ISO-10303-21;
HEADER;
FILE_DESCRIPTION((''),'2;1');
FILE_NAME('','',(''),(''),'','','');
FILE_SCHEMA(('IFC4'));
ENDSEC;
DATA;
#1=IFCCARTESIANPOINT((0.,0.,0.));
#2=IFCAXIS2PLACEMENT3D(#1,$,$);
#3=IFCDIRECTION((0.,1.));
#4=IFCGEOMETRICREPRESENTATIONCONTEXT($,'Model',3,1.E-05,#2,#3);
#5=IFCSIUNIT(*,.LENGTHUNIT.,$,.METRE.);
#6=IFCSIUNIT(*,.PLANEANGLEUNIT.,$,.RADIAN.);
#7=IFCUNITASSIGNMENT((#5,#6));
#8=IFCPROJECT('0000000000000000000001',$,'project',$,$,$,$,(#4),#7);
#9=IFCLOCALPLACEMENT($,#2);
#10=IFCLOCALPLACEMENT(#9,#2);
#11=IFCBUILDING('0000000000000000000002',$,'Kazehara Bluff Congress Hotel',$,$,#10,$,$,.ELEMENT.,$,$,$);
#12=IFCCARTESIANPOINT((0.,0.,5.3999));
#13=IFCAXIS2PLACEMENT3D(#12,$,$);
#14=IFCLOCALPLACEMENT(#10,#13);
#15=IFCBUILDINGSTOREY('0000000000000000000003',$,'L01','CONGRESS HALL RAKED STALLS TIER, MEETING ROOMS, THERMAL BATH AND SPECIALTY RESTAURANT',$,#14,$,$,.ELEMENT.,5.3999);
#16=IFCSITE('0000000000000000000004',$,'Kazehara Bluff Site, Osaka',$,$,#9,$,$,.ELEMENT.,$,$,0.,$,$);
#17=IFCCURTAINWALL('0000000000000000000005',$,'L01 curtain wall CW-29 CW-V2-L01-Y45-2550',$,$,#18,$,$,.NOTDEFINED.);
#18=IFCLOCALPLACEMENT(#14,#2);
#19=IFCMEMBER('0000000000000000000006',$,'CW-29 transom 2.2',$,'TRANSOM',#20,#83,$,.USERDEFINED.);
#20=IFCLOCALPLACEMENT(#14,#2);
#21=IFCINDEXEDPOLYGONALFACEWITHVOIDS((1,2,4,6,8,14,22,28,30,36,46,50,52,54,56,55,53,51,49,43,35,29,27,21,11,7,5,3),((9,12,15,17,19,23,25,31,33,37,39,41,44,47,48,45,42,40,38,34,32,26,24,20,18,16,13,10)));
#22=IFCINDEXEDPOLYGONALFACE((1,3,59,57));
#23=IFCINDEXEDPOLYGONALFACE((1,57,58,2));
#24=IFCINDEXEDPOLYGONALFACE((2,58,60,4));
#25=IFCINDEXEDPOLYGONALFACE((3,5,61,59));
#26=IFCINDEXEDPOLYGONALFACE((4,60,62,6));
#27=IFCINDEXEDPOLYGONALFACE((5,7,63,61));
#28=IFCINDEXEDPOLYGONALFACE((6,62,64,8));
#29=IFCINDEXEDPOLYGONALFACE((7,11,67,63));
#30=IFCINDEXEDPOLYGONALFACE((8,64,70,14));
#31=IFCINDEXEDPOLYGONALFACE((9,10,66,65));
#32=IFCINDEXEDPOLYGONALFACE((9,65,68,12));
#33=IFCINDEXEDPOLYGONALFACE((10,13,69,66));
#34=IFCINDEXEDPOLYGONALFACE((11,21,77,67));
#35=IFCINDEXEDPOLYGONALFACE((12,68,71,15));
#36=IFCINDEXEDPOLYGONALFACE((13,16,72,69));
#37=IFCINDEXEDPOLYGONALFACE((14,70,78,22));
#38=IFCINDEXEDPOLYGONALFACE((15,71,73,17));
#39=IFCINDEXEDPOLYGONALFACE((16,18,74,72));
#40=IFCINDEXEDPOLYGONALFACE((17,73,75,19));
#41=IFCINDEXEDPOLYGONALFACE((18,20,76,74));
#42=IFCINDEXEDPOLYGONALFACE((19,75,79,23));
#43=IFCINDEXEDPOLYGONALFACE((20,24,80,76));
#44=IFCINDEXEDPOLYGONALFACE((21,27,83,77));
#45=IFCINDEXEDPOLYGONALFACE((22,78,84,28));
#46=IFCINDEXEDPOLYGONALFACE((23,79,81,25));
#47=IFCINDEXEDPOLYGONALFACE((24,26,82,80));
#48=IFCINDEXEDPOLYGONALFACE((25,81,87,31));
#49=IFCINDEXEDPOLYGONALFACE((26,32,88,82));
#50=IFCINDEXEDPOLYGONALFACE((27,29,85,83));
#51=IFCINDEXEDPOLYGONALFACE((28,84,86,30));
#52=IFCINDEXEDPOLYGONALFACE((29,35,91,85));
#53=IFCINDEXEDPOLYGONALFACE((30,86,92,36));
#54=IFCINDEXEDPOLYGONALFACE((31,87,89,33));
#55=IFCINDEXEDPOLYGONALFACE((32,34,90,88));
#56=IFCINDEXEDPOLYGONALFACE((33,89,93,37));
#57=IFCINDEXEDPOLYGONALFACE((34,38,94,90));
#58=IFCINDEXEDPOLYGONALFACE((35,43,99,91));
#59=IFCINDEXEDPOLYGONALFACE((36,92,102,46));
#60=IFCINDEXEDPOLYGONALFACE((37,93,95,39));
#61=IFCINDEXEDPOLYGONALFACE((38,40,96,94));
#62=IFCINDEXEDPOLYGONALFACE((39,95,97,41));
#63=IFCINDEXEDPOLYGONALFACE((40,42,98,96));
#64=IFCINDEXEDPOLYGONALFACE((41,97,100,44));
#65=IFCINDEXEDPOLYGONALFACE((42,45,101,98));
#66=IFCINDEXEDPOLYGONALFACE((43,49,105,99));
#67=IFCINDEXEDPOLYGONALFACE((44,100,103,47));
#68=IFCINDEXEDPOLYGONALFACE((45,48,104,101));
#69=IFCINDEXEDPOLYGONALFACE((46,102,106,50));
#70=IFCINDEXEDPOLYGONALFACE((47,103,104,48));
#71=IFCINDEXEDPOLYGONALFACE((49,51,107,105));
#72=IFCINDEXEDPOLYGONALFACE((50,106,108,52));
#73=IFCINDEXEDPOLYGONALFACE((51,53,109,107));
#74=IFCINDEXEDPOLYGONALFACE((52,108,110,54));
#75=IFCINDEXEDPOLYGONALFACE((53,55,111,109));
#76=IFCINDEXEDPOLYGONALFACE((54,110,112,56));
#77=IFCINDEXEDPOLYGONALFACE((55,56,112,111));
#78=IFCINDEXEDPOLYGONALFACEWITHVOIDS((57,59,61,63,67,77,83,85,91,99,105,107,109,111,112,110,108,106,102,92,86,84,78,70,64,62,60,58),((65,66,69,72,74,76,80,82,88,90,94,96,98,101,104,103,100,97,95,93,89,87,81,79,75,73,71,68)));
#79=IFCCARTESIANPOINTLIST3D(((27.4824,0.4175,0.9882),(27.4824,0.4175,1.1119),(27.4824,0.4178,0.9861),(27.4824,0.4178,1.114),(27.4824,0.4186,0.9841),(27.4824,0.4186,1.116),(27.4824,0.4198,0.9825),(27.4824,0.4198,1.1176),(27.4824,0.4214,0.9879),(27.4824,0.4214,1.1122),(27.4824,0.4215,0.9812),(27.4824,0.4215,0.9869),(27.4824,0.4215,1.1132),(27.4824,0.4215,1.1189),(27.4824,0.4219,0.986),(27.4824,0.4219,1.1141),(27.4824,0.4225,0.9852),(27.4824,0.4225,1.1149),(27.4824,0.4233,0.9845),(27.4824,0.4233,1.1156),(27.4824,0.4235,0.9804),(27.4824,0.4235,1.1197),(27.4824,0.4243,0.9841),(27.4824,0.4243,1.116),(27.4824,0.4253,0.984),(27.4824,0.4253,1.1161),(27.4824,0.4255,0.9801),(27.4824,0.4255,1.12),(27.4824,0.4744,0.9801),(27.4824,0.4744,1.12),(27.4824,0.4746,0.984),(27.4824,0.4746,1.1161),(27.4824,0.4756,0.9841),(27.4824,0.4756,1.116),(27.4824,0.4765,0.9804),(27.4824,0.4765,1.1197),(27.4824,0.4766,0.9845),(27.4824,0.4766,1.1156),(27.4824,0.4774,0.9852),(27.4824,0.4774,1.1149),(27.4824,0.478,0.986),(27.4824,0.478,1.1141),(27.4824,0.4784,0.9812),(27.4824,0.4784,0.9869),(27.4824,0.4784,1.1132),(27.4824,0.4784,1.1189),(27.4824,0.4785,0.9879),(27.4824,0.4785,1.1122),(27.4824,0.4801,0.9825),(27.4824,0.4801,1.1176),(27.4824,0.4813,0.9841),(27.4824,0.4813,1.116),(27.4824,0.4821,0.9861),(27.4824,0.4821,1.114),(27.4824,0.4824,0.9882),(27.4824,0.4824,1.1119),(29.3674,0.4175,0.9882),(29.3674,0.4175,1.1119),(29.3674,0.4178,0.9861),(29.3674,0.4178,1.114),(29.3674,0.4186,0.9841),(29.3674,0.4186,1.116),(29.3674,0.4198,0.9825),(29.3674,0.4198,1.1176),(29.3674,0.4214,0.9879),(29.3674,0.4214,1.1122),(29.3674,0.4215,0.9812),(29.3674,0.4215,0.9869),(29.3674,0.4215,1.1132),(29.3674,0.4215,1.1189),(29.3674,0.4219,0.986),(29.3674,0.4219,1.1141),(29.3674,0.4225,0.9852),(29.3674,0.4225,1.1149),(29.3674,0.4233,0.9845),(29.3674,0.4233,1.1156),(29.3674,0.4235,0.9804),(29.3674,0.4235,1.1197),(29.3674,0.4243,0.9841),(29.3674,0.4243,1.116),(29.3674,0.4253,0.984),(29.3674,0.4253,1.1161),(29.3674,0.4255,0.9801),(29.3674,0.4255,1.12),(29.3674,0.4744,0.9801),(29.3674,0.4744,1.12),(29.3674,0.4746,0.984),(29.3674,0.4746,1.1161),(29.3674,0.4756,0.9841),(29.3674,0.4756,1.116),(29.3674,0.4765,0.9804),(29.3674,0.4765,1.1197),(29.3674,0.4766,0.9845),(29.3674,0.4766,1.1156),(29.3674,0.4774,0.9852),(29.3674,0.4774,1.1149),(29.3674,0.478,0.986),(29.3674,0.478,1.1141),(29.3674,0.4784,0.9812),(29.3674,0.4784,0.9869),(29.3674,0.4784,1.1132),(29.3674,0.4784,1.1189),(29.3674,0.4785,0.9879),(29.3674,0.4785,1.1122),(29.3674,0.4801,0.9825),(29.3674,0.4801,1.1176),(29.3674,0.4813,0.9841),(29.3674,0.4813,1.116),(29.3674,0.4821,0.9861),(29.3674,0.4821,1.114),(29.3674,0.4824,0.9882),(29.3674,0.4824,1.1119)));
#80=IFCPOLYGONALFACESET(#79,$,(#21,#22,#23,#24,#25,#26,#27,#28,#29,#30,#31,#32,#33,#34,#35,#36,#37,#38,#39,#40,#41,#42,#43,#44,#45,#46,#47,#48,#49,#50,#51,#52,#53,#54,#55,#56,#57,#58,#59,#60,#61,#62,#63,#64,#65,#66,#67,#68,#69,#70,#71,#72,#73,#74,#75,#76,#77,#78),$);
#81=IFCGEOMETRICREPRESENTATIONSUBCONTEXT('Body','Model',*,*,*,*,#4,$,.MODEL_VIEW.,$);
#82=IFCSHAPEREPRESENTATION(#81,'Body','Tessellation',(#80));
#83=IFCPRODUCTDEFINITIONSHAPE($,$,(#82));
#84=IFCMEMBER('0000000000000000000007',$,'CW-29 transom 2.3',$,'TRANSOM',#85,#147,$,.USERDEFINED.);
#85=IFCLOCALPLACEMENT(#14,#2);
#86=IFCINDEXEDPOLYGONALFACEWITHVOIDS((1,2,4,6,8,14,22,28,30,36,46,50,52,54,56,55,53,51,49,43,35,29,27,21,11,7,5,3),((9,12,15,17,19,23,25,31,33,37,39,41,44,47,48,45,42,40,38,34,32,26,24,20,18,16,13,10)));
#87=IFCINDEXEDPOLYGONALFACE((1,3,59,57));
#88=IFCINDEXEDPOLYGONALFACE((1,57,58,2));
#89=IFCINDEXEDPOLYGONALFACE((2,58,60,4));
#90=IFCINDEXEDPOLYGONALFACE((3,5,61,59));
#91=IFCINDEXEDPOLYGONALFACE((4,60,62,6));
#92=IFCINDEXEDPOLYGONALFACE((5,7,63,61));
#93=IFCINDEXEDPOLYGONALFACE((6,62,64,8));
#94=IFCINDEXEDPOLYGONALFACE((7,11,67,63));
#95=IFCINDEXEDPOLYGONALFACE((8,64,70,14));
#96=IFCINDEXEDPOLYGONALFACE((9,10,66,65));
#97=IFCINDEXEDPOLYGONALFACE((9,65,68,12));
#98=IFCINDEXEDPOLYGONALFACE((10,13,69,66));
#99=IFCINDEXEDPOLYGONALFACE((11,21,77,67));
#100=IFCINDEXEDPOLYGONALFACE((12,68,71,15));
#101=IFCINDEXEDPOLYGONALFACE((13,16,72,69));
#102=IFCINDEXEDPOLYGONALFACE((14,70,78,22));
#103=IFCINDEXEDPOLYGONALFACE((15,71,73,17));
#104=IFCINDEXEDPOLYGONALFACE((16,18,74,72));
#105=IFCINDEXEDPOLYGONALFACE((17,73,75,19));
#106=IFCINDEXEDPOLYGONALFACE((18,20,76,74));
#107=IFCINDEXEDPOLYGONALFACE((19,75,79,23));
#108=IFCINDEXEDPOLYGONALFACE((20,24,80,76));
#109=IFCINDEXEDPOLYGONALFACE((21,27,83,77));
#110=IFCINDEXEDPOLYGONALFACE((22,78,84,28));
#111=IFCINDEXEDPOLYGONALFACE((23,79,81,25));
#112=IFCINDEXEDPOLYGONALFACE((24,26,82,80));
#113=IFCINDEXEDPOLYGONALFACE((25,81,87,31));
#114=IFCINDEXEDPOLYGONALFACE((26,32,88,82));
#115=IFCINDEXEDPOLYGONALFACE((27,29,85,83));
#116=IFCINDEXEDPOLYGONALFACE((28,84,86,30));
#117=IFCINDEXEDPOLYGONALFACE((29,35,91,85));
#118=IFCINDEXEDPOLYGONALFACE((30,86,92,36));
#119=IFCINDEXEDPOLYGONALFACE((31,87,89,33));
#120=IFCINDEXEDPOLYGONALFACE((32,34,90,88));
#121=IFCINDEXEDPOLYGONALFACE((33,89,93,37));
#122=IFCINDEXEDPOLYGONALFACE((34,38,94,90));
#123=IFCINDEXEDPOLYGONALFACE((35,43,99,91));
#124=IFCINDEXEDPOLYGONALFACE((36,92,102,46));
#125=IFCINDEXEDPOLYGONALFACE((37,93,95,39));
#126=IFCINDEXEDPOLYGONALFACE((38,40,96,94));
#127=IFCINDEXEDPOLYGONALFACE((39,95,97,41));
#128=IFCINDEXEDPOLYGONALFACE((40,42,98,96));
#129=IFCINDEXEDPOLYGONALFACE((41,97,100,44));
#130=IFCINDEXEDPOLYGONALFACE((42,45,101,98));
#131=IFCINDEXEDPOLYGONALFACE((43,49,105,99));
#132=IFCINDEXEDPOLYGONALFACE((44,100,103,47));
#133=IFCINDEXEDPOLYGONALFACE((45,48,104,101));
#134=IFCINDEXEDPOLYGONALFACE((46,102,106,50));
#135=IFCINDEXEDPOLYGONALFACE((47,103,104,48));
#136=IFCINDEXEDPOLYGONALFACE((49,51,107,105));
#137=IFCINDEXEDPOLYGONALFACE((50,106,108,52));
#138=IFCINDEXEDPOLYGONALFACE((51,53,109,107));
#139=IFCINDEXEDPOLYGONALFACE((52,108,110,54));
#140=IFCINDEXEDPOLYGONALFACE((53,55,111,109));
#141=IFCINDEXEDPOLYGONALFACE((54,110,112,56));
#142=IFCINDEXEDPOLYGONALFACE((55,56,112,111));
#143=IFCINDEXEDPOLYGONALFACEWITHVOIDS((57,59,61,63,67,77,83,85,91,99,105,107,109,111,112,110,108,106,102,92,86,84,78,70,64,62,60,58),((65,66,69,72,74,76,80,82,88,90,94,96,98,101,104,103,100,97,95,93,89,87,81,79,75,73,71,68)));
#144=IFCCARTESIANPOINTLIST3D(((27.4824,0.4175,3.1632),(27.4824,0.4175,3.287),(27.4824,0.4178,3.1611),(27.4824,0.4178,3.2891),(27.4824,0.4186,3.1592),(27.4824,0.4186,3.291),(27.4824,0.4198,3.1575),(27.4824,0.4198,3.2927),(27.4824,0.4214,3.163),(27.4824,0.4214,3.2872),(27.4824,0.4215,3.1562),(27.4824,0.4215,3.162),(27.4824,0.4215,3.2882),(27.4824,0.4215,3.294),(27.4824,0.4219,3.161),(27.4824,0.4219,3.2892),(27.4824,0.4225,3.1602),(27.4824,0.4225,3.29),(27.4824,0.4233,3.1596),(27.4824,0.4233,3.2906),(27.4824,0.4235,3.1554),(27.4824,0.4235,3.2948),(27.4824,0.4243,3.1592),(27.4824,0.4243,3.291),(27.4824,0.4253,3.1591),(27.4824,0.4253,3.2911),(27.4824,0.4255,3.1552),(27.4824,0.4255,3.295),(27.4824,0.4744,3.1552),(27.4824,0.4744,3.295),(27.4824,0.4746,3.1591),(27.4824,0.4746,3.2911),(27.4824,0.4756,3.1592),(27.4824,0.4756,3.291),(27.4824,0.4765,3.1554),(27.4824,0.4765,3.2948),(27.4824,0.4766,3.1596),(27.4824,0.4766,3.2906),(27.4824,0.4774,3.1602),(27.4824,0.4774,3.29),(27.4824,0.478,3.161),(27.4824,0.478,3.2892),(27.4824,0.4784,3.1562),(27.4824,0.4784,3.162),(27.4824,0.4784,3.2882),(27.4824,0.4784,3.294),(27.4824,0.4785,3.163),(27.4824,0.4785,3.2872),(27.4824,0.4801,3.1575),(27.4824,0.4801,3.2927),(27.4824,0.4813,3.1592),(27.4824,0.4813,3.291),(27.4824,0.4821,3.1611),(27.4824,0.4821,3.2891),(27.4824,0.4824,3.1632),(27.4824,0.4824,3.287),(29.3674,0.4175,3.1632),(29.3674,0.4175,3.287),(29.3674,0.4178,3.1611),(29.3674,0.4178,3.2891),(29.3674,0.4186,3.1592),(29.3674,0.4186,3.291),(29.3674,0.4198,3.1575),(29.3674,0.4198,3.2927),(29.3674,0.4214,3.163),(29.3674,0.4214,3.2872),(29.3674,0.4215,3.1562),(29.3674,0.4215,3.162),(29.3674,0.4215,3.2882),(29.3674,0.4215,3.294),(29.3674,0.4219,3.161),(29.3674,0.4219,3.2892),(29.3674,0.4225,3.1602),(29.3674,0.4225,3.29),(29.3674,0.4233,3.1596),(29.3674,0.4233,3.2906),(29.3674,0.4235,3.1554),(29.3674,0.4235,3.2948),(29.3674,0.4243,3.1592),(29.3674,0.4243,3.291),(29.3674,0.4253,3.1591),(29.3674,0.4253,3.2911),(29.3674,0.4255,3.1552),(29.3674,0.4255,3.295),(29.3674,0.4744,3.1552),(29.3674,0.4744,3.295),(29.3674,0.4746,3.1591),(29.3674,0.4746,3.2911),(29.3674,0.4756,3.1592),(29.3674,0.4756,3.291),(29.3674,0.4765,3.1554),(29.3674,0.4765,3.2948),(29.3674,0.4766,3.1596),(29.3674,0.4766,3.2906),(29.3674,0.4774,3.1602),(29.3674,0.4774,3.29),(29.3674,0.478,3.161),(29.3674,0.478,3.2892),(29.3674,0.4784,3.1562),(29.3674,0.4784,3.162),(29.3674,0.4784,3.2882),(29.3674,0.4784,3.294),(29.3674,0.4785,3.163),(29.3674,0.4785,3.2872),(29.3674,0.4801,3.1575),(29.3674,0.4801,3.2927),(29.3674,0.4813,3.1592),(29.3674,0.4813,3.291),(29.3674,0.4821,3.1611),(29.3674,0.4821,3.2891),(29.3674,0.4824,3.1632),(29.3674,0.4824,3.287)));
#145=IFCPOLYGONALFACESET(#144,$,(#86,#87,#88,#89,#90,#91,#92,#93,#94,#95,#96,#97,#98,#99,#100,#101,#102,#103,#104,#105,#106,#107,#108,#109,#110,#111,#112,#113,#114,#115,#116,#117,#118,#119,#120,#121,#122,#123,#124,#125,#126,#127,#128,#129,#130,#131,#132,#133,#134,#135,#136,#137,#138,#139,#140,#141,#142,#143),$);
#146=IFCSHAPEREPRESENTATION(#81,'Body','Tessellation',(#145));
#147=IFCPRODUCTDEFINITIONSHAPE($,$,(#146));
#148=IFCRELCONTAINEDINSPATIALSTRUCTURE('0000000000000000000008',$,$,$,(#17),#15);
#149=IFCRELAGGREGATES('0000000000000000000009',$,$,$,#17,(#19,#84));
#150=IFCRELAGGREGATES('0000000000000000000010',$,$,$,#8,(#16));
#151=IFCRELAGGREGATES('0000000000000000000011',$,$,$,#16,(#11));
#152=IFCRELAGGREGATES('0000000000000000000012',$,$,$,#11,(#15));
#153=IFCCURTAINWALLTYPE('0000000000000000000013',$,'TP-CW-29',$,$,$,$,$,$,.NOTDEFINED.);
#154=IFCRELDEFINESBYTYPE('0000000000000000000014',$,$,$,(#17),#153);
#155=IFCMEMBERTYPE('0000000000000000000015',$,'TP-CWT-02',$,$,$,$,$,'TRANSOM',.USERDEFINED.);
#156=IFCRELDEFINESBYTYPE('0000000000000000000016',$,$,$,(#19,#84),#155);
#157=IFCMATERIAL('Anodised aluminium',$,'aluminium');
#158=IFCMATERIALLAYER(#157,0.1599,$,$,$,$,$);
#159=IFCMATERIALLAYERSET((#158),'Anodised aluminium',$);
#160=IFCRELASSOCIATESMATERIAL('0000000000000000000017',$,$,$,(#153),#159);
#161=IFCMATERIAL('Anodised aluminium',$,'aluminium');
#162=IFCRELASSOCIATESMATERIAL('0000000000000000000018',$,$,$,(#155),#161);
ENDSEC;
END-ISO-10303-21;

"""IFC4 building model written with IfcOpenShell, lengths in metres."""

from ifc_helpers import new_model, si_unit, direction, frame, origin, origin_2d, place, context, subcontext, project, spatial, hollow_rectangle, extrude, material, layer, layer_set, material_profile, profile_set, type_object, element, aggregate, save


model = new_model("IFC4")

# Units and contexts
model_context = context("Model", 3, precision=1e-05, world=origin(), true_north=direction((0.0, 1.0)))
body_context = subcontext(model_context, "Body", "Model", "MODEL_VIEW")
ifc_project = project(units=[si_unit("LENGTHUNIT", "METRE"), si_unit("PLANEANGLEUNIT", "RADIAN")], contexts=[model_context])

# Site, building, storey
site_placement = place(None, origin())
site = spatial("IfcSite", under=ifc_project, at=site_placement, Name="Kazehara Bluff Site, Osaka", CompositionType="ELEMENT", RefElevation=0.0)
building_placement = place(site_placement, origin())
building = spatial("IfcBuilding", under=site, at=building_placement, Name="Kazehara Bluff Congress Hotel", CompositionType="ELEMENT")
storey_placement = place(building_placement, frame((0.0, 0.0, 5.3999)))
storey = spatial("IfcBuildingStorey", under=building, at=storey_placement, Name="L01", Description="CONGRESS HALL RAKED STALLS TIER, MEETING ROOMS, THERMAL BATH AND SPECIALTY RESTAURANT", CompositionType="ELEMENT", Elevation=5.3999)

# Curtain wall, members
ifc_material_1 = material(Name="Anodised aluminium", Category="aluminium")
ifc_layer_1 = layer(ifc_material_1, 0.1599)
ifc_layer_set_1 = layer_set([ifc_layer_1], Name="Anodised aluminium")
curtain_wall_type = type_object("IfcCurtainWallType", Name="TP-CW-29", PredefinedType="NOTDEFINED", material=ifc_layer_set_1)
curtain_wall_placement = place(storey_placement, origin())
curtain_wall = element("IfcCurtainWall", 1, at=curtain_wall_placement, inside=storey, type_object=curtain_wall_type, Name="L01 curtain wall CW-29 CW-V2-L01-Y45-2550", PredefinedType="NOTDEFINED")
ifc_material_2 = material(Name="Anodised aluminium", Category="aluminium")
ifc_material_profile_1 = material_profile(ifc_material_2, hollow_rectangle(XDim=0.0649, YDim=0.1399, WallThickness=0.0039, InnerFilletRadius=0.0039, OuterFilletRadius=0.0081, at=origin_2d()))
ifc_profile_set_1 = profile_set([ifc_material_profile_1], Name="Anodised aluminium")
member_type_1 = type_object("IfcMemberType", Name="TP-CWT-02", ElementType="TRANSOM", PredefinedType="USERDEFINED", material=ifc_profile_set_1)
member_1_placement = place(storey_placement, frame((27.4824, 0.45, 1.05), z_axis=(1.0, 0.0, 0.0), x_axis=(0.0, 1.0, 0.0)))
member_1 = element("IfcMember", 2, at=member_1_placement, type_object=member_type_1, Name="CW-29 transom 2.2", ObjectType="TRANSOM", PredefinedType="USERDEFINED", context=body_context, shape_type="SweptSolid", body=[
    extrude(hollow_rectangle(XDim=0.0649, YDim=0.1399, WallThickness=0.0039, InnerFilletRadius=0.0039, OuterFilletRadius=0.0081, at=origin_2d()), origin(), (0.0, 0.0, 1.0), 1.885),
])
member_2_placement = place(storey_placement, frame((27.4824, 0.45, 3.2251), z_axis=(1.0, 0.0, 0.0), x_axis=(0.0, 1.0, 0.0)))
member_2 = element("IfcMember", 3, at=member_2_placement, type_object=member_type_1, Name="CW-29 transom 2.3", ObjectType="TRANSOM", PredefinedType="USERDEFINED", context=body_context, shape_type="SweptSolid", body=[
    extrude(hollow_rectangle(XDim=0.0649, YDim=0.1399, WallThickness=0.0039, InnerFilletRadius=0.0039, OuterFilletRadius=0.0081, at=origin_2d()), origin(), (0.0, 0.0, 1.0), 1.885),
])
aggregate(curtain_wall, [member_1, member_2])

save(model, "model.ifc")
